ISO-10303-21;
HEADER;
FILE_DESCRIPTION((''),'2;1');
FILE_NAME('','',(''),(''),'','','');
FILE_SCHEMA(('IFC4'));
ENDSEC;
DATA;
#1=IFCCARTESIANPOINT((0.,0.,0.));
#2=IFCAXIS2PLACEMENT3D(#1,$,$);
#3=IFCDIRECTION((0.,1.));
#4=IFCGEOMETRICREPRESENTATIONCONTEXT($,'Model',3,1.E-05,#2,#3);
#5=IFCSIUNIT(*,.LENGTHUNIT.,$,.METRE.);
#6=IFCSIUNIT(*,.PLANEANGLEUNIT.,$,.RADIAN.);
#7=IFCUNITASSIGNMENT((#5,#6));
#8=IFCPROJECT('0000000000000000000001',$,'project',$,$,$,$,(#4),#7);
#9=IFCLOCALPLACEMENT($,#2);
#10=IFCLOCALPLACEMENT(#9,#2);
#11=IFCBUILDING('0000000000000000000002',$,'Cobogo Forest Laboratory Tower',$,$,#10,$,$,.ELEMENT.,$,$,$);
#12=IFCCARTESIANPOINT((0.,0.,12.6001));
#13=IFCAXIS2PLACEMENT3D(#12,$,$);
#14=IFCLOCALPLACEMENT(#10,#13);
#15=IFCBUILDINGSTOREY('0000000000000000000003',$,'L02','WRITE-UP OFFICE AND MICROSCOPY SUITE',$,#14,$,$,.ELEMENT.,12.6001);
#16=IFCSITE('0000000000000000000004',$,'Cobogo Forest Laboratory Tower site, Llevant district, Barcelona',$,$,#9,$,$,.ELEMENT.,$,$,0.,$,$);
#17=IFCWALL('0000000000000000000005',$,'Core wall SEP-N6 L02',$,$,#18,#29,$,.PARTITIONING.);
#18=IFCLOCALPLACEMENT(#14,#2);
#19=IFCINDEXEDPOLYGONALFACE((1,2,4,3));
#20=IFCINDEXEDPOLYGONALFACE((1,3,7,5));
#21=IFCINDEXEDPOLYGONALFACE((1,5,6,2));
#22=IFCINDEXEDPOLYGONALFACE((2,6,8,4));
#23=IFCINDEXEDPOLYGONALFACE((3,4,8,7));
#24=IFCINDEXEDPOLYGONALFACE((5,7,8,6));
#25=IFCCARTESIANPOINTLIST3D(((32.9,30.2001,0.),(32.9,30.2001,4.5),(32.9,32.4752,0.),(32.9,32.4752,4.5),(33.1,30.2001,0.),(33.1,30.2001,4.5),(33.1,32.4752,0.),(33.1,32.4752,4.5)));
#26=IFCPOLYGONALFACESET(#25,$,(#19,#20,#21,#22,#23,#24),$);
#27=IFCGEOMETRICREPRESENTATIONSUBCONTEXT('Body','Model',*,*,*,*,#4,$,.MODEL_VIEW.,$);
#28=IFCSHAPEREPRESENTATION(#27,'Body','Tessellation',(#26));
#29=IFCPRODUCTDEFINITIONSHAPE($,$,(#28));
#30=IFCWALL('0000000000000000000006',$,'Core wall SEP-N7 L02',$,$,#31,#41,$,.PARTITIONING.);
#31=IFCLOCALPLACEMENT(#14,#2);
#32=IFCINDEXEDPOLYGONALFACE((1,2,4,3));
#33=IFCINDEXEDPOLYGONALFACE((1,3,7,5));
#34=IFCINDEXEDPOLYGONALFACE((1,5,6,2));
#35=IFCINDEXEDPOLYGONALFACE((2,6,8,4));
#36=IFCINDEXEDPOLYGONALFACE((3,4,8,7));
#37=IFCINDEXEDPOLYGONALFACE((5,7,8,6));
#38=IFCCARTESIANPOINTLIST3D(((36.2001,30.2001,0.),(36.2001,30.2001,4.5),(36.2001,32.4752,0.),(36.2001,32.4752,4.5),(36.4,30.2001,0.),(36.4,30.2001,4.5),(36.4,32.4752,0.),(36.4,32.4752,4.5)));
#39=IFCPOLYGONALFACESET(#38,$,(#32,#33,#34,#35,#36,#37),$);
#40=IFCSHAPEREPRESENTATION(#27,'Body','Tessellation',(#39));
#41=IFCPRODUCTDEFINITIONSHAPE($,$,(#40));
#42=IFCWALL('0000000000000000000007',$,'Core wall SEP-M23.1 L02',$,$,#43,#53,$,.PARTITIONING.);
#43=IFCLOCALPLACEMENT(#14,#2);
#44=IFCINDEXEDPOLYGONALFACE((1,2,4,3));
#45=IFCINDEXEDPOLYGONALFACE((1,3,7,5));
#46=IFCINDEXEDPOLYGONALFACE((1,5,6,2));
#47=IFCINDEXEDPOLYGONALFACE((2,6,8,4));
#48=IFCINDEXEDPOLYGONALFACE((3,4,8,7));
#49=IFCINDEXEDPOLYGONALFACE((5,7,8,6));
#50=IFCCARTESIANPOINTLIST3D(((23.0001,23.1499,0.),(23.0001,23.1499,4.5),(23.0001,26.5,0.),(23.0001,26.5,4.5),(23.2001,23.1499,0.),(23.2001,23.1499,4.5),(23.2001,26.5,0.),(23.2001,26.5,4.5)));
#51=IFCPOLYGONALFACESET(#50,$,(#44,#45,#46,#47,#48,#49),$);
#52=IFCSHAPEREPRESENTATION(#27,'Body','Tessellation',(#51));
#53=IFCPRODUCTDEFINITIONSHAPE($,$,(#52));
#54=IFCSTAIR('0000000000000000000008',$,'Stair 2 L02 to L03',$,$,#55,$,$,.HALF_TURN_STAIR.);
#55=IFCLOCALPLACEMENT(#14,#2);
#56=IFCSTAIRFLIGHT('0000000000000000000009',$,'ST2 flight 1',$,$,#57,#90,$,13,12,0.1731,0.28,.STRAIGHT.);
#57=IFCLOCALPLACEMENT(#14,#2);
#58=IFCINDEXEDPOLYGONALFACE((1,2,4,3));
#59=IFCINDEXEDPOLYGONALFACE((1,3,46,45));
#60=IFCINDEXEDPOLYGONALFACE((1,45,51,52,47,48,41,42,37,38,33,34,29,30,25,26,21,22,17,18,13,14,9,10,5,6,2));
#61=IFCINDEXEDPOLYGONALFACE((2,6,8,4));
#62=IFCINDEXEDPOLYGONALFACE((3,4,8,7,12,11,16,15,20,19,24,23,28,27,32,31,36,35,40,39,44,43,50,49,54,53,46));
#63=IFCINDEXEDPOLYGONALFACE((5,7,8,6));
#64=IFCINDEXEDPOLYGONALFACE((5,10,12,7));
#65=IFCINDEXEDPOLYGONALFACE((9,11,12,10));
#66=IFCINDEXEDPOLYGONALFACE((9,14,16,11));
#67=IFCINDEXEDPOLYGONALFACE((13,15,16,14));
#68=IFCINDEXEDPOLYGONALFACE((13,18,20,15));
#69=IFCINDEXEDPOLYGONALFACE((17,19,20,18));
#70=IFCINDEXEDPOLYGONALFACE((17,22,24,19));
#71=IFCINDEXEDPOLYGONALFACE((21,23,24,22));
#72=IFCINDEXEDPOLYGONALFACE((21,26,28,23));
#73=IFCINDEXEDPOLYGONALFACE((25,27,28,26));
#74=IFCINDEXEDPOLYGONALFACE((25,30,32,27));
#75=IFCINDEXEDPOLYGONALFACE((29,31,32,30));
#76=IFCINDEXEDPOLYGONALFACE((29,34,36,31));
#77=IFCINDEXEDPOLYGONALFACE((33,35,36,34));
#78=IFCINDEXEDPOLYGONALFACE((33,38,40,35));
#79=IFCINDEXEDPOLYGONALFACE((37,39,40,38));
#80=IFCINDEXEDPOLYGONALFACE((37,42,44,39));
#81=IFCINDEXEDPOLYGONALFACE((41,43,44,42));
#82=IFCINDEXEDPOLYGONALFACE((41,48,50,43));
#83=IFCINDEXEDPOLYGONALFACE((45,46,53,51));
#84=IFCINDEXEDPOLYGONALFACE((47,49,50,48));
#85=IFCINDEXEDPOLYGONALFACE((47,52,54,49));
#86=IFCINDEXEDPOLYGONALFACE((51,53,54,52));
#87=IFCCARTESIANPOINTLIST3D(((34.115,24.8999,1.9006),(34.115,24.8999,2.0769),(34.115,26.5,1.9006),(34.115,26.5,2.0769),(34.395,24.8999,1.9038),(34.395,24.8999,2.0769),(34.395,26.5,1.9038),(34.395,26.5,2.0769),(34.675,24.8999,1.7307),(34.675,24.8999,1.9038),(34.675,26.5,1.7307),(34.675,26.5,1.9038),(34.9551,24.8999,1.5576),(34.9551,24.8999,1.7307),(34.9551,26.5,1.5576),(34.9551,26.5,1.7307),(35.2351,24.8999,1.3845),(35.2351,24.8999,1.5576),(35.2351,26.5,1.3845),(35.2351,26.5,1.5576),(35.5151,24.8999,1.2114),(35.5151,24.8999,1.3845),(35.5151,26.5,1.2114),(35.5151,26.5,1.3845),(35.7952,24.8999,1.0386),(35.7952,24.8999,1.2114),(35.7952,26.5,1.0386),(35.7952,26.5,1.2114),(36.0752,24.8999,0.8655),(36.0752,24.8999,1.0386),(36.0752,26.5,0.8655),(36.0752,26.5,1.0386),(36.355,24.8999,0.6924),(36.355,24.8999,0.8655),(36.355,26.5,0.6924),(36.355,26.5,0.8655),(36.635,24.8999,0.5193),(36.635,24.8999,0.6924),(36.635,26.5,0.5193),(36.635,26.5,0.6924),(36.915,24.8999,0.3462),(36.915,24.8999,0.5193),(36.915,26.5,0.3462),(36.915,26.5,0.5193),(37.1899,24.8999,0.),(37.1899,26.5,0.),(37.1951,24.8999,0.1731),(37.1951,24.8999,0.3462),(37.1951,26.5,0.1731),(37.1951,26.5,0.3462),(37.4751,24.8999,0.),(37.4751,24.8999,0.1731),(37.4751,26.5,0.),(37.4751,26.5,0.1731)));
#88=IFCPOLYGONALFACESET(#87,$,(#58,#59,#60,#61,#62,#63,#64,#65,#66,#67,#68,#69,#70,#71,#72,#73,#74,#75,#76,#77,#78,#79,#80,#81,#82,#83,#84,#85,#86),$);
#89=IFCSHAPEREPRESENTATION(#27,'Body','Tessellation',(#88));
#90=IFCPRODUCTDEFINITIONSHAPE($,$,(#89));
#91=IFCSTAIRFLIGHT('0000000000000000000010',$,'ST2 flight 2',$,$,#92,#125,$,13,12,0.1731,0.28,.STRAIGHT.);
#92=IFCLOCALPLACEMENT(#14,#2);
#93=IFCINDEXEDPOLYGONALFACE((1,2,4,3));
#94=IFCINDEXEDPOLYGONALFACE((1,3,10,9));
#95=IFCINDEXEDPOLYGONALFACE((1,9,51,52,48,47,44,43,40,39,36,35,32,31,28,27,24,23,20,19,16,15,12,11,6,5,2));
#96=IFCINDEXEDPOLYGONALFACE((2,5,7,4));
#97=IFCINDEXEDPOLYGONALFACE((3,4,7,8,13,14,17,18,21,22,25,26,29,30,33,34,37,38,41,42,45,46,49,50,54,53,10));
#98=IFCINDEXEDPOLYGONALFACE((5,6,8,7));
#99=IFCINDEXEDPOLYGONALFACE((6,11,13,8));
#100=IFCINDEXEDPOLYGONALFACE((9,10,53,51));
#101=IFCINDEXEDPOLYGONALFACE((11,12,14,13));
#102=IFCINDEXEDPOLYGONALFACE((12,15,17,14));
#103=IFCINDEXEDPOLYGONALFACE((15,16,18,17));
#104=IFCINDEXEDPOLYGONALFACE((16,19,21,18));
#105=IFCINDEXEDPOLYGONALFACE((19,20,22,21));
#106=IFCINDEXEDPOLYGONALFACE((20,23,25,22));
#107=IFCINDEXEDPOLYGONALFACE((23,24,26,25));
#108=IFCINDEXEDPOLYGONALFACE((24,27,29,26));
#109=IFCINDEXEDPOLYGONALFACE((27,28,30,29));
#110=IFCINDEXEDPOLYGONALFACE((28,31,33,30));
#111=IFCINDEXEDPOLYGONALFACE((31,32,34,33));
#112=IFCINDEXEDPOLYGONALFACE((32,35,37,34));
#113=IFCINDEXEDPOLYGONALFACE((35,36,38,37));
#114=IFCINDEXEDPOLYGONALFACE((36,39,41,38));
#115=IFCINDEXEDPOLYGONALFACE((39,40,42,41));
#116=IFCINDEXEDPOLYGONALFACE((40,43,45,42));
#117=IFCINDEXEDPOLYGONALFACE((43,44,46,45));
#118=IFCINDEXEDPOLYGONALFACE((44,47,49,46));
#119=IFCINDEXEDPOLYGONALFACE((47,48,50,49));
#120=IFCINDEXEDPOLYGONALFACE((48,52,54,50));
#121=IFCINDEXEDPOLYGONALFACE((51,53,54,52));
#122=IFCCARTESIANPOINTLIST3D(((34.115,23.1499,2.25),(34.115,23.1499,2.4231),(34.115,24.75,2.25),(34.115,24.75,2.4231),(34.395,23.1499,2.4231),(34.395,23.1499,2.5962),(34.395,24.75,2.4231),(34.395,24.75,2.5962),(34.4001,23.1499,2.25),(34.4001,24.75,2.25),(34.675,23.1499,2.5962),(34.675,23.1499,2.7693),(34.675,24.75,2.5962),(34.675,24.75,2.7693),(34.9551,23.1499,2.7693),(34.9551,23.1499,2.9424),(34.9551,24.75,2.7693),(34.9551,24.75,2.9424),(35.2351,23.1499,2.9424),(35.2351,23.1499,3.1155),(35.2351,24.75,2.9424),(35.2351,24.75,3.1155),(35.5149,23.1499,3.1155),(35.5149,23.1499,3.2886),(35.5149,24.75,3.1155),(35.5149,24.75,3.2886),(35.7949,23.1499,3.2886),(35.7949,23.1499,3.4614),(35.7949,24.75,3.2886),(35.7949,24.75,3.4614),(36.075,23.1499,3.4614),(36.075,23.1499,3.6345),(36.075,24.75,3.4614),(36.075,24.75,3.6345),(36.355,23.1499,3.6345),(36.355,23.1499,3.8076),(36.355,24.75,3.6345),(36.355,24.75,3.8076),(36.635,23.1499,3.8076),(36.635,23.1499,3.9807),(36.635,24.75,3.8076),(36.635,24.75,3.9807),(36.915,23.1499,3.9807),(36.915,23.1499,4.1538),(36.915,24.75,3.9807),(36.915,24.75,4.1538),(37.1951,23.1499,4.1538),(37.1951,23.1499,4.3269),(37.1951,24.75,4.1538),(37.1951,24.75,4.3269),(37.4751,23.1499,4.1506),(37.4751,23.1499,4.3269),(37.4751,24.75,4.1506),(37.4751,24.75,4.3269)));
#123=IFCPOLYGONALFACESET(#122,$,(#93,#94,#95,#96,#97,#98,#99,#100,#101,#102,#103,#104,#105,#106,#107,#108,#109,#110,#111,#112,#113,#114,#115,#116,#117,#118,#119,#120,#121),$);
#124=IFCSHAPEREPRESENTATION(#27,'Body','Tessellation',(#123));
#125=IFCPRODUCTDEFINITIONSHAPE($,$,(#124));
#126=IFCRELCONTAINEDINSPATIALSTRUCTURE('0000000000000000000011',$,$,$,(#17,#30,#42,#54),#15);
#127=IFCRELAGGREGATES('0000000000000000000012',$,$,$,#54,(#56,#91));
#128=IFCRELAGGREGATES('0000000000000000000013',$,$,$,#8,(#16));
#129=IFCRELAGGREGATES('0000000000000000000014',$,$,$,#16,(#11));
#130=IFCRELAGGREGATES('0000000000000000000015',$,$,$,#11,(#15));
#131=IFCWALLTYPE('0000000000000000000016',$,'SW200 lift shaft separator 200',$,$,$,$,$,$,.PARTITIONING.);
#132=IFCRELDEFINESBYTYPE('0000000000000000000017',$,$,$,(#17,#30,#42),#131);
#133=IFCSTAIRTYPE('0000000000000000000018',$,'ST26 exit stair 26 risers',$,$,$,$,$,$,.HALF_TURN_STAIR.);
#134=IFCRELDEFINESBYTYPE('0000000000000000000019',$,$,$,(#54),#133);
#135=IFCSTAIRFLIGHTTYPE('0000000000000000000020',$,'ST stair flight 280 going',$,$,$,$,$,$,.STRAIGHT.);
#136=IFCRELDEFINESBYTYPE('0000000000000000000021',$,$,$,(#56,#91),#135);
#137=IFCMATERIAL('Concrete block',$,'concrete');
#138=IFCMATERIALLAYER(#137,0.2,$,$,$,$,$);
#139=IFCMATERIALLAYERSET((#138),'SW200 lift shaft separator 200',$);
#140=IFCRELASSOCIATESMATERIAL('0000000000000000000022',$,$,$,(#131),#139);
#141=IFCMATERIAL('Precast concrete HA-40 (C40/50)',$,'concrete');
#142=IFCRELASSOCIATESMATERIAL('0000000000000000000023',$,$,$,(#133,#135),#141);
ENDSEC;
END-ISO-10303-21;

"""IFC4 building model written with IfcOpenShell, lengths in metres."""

from ifc_helpers import new_model, si_unit, direction, frame, frame_2d, origin, place, context, subcontext, project, spatial, polyline, rectangle, outline, extrude, material, layer, layer_set, type_object, element, aggregate, save


model = new_model("IFC4")

# Units and contexts
model_context = context("Model", 3, precision=1e-05, world=origin(), true_north=direction((0.0, 1.0)))
body_context = subcontext(model_context, "Body", "Model", "MODEL_VIEW")
ifc_project = project(units=[si_unit("LENGTHUNIT", "METRE"), si_unit("PLANEANGLEUNIT", "RADIAN")], contexts=[model_context])

# Site, building, storey
site_placement = place(None, origin())
site = spatial("IfcSite", under=ifc_project, at=site_placement, Name="Cobogo Forest Laboratory Tower site, Llevant district, Barcelona", CompositionType="ELEMENT", RefElevation=0.0)
building_placement = place(site_placement, origin())
building = spatial("IfcBuilding", under=site, at=building_placement, Name="Cobogo Forest Laboratory Tower", CompositionType="ELEMENT")
storey_placement = place(building_placement, frame((0.0, 0.0, 12.6001)))
storey = spatial("IfcBuildingStorey", under=building, at=storey_placement, Name="L02", Description="WRITE-UP OFFICE AND MICROSCOPY SUITE", CompositionType="ELEMENT", Elevation=12.6001)

# Walls
ifc_material_1 = material(Name="Concrete block", Category="concrete")
ifc_layer_1 = layer(ifc_material_1, 0.2)
ifc_layer_set_1 = layer_set([ifc_layer_1], Name="SW200 lift shaft separator 200")
wall_type_1 = type_object("IfcWallType", Name="SW200 lift shaft separator 200", PredefinedType="PARTITIONING", material=ifc_layer_set_1)
for number, where, z_axis, x_axis, name in (
    (1, (33.0, 30.2, 0.0), (0.0, 0.0, 1.0), (0.0, 1.0, 0.0), "Core wall SEP-N6 L02"),
    (2, (36.3, 30.2, 0.0), (0.0, 0.0, 1.0), (0.0, 1.0, 0.0), "Core wall SEP-N7 L02"),
):
    element("IfcWall", number, at=place(storey_placement, frame(where, z_axis=z_axis, x_axis=x_axis)), inside=storey, type_object=wall_type_1, Name=name, PredefinedType="PARTITIONING", context=body_context, shape_type="SweptSolid", body=[
        extrude(rectangle(XDim=2.2751, YDim=0.2, at=frame_2d((1.1377, 0.0))), origin(), (0.0, 0.0, 1.0), 4.5),
    ])
wall_1_placement = place(storey_placement, frame((23.1001, 23.1499, 0.0), z_axis=(0.0, 0.0, 1.0), x_axis=(0.0, 1.0, 0.0)))
element("IfcWall", 3, at=wall_1_placement, inside=storey, type_object=wall_type_1, Name="Core wall SEP-M23.1 L02", PredefinedType="PARTITIONING", context=body_context, shape_type="SweptSolid", body=[
    extrude(rectangle(XDim=3.3501, YDim=0.2, at=frame_2d((1.675, 0.0))), origin(), (0.0, 0.0, 1.0), 4.5),
])

# Stair, stair flights
ifc_material_2 = material(Name="Precast concrete HA-40 (C40/50)", Category="concrete")
stair_type = type_object("IfcStairType", Name="ST26 exit stair 26 risers", PredefinedType="HALF_TURN_STAIR", material=ifc_material_2)
stair_placement = place(storey_placement, origin())
stair = element("IfcStair", 4, at=stair_placement, inside=storey, type_object=stair_type, Name="Stair 2 L02 to L03", PredefinedType="HALF_TURN_STAIR")
stair_flight_type = type_object("IfcStairFlightType", Name="ST stair flight 280 going", PredefinedType="STRAIGHT", material=ifc_material_2)
stair_flight_1_placement = place(storey_placement, frame((37.4751, 25.7, 0.0), z_axis=(0.0, 0.0, 1.0), x_axis=(-1.0, 0.0, 0.0)))
stair_flight_1 = element("IfcStairFlight", 5, at=stair_flight_1_placement, type_object=stair_flight_type, Name="ST2 flight 1", NumberOfRisers=13, NumberOfTreads=12, PredefinedType="STRAIGHT", RiserHeight=0.1731, TreadLength=0.28, context=body_context, shape_type="SweptSolid", body=[
    extrude(outline(polyline([(0.0, 0.0), (0.0, 0.1731), (0.28, 0.1731), (0.28, 0.3462), (0.5601, 0.3462), (0.5601, 0.5193), (0.8401, 0.5193), (0.8401, 0.6924), (1.1201, 0.6924), (1.1201, 0.8655), (1.3999, 0.8655), (1.3999, 1.0386), (1.6799, 1.0386), (1.6799, 1.2114), (1.96, 1.2114), (1.96, 1.3845), (2.24, 1.3845), (2.24, 1.5576), (2.52, 1.5576), (2.52, 1.7307), (2.8, 1.7307), (2.8, 1.9038), (3.0801, 1.9038), (3.0801, 2.0769), (3.3601, 2.0769), (3.3601, 2.25), (3.3601, 1.9006), (0.2852, 0.0), (0.0, 0.0)])), frame((0.0, 0.8, 0.0), z_axis=(0.0, -1.0, 0.0), x_axis=(1.0, 0.0, 0.0)), (0.0, 0.0, 1.0), 1.6001),
])
stair_flight_2_placement = place(storey_placement, frame((34.115, 23.95, 2.25), z_axis=(0.0, 0.0, 1.0), x_axis=(1.0, 0.0, 0.0)))
stair_flight_2 = element("IfcStairFlight", 6, at=stair_flight_2_placement, type_object=stair_flight_type, Name="ST2 flight 2", NumberOfRisers=13, NumberOfTreads=12, PredefinedType="STRAIGHT", RiserHeight=0.1731, TreadLength=0.28, context=body_context, shape_type="SweptSolid", body=[
    extrude(outline(polyline([(0.0, 0.0), (0.0, 0.1731), (0.28, 0.1731), (0.28, 0.3462), (0.5601, 0.3462), (0.5601, 0.5193), (0.8401, 0.5193), (0.8401, 0.6924), (1.1201, 0.6924), (1.1201, 0.8655), (1.3999, 0.8655), (1.3999, 1.0386), (1.6799, 1.0386), (1.6799, 1.2114), (1.96, 1.2114), (1.96, 1.3845), (2.24, 1.3845), (2.24, 1.5576), (2.52, 1.5576), (2.52, 1.7307), (2.8, 1.7307), (2.8, 1.9038), (3.0801, 1.9038), (3.0801, 2.0769), (3.3601, 2.0769), (3.3601, 2.25), (3.3601, 1.9006), (0.2852, 0.0), (0.0, 0.0)])), frame((0.0, 0.8, 0.0), z_axis=(0.0, -1.0, 0.0), x_axis=(1.0, 0.0, 0.0)), (0.0, 0.0, 1.0), 1.6001),
])
aggregate(stair, [stair_flight_1, stair_flight_2])

save(model, "model.ifc")
